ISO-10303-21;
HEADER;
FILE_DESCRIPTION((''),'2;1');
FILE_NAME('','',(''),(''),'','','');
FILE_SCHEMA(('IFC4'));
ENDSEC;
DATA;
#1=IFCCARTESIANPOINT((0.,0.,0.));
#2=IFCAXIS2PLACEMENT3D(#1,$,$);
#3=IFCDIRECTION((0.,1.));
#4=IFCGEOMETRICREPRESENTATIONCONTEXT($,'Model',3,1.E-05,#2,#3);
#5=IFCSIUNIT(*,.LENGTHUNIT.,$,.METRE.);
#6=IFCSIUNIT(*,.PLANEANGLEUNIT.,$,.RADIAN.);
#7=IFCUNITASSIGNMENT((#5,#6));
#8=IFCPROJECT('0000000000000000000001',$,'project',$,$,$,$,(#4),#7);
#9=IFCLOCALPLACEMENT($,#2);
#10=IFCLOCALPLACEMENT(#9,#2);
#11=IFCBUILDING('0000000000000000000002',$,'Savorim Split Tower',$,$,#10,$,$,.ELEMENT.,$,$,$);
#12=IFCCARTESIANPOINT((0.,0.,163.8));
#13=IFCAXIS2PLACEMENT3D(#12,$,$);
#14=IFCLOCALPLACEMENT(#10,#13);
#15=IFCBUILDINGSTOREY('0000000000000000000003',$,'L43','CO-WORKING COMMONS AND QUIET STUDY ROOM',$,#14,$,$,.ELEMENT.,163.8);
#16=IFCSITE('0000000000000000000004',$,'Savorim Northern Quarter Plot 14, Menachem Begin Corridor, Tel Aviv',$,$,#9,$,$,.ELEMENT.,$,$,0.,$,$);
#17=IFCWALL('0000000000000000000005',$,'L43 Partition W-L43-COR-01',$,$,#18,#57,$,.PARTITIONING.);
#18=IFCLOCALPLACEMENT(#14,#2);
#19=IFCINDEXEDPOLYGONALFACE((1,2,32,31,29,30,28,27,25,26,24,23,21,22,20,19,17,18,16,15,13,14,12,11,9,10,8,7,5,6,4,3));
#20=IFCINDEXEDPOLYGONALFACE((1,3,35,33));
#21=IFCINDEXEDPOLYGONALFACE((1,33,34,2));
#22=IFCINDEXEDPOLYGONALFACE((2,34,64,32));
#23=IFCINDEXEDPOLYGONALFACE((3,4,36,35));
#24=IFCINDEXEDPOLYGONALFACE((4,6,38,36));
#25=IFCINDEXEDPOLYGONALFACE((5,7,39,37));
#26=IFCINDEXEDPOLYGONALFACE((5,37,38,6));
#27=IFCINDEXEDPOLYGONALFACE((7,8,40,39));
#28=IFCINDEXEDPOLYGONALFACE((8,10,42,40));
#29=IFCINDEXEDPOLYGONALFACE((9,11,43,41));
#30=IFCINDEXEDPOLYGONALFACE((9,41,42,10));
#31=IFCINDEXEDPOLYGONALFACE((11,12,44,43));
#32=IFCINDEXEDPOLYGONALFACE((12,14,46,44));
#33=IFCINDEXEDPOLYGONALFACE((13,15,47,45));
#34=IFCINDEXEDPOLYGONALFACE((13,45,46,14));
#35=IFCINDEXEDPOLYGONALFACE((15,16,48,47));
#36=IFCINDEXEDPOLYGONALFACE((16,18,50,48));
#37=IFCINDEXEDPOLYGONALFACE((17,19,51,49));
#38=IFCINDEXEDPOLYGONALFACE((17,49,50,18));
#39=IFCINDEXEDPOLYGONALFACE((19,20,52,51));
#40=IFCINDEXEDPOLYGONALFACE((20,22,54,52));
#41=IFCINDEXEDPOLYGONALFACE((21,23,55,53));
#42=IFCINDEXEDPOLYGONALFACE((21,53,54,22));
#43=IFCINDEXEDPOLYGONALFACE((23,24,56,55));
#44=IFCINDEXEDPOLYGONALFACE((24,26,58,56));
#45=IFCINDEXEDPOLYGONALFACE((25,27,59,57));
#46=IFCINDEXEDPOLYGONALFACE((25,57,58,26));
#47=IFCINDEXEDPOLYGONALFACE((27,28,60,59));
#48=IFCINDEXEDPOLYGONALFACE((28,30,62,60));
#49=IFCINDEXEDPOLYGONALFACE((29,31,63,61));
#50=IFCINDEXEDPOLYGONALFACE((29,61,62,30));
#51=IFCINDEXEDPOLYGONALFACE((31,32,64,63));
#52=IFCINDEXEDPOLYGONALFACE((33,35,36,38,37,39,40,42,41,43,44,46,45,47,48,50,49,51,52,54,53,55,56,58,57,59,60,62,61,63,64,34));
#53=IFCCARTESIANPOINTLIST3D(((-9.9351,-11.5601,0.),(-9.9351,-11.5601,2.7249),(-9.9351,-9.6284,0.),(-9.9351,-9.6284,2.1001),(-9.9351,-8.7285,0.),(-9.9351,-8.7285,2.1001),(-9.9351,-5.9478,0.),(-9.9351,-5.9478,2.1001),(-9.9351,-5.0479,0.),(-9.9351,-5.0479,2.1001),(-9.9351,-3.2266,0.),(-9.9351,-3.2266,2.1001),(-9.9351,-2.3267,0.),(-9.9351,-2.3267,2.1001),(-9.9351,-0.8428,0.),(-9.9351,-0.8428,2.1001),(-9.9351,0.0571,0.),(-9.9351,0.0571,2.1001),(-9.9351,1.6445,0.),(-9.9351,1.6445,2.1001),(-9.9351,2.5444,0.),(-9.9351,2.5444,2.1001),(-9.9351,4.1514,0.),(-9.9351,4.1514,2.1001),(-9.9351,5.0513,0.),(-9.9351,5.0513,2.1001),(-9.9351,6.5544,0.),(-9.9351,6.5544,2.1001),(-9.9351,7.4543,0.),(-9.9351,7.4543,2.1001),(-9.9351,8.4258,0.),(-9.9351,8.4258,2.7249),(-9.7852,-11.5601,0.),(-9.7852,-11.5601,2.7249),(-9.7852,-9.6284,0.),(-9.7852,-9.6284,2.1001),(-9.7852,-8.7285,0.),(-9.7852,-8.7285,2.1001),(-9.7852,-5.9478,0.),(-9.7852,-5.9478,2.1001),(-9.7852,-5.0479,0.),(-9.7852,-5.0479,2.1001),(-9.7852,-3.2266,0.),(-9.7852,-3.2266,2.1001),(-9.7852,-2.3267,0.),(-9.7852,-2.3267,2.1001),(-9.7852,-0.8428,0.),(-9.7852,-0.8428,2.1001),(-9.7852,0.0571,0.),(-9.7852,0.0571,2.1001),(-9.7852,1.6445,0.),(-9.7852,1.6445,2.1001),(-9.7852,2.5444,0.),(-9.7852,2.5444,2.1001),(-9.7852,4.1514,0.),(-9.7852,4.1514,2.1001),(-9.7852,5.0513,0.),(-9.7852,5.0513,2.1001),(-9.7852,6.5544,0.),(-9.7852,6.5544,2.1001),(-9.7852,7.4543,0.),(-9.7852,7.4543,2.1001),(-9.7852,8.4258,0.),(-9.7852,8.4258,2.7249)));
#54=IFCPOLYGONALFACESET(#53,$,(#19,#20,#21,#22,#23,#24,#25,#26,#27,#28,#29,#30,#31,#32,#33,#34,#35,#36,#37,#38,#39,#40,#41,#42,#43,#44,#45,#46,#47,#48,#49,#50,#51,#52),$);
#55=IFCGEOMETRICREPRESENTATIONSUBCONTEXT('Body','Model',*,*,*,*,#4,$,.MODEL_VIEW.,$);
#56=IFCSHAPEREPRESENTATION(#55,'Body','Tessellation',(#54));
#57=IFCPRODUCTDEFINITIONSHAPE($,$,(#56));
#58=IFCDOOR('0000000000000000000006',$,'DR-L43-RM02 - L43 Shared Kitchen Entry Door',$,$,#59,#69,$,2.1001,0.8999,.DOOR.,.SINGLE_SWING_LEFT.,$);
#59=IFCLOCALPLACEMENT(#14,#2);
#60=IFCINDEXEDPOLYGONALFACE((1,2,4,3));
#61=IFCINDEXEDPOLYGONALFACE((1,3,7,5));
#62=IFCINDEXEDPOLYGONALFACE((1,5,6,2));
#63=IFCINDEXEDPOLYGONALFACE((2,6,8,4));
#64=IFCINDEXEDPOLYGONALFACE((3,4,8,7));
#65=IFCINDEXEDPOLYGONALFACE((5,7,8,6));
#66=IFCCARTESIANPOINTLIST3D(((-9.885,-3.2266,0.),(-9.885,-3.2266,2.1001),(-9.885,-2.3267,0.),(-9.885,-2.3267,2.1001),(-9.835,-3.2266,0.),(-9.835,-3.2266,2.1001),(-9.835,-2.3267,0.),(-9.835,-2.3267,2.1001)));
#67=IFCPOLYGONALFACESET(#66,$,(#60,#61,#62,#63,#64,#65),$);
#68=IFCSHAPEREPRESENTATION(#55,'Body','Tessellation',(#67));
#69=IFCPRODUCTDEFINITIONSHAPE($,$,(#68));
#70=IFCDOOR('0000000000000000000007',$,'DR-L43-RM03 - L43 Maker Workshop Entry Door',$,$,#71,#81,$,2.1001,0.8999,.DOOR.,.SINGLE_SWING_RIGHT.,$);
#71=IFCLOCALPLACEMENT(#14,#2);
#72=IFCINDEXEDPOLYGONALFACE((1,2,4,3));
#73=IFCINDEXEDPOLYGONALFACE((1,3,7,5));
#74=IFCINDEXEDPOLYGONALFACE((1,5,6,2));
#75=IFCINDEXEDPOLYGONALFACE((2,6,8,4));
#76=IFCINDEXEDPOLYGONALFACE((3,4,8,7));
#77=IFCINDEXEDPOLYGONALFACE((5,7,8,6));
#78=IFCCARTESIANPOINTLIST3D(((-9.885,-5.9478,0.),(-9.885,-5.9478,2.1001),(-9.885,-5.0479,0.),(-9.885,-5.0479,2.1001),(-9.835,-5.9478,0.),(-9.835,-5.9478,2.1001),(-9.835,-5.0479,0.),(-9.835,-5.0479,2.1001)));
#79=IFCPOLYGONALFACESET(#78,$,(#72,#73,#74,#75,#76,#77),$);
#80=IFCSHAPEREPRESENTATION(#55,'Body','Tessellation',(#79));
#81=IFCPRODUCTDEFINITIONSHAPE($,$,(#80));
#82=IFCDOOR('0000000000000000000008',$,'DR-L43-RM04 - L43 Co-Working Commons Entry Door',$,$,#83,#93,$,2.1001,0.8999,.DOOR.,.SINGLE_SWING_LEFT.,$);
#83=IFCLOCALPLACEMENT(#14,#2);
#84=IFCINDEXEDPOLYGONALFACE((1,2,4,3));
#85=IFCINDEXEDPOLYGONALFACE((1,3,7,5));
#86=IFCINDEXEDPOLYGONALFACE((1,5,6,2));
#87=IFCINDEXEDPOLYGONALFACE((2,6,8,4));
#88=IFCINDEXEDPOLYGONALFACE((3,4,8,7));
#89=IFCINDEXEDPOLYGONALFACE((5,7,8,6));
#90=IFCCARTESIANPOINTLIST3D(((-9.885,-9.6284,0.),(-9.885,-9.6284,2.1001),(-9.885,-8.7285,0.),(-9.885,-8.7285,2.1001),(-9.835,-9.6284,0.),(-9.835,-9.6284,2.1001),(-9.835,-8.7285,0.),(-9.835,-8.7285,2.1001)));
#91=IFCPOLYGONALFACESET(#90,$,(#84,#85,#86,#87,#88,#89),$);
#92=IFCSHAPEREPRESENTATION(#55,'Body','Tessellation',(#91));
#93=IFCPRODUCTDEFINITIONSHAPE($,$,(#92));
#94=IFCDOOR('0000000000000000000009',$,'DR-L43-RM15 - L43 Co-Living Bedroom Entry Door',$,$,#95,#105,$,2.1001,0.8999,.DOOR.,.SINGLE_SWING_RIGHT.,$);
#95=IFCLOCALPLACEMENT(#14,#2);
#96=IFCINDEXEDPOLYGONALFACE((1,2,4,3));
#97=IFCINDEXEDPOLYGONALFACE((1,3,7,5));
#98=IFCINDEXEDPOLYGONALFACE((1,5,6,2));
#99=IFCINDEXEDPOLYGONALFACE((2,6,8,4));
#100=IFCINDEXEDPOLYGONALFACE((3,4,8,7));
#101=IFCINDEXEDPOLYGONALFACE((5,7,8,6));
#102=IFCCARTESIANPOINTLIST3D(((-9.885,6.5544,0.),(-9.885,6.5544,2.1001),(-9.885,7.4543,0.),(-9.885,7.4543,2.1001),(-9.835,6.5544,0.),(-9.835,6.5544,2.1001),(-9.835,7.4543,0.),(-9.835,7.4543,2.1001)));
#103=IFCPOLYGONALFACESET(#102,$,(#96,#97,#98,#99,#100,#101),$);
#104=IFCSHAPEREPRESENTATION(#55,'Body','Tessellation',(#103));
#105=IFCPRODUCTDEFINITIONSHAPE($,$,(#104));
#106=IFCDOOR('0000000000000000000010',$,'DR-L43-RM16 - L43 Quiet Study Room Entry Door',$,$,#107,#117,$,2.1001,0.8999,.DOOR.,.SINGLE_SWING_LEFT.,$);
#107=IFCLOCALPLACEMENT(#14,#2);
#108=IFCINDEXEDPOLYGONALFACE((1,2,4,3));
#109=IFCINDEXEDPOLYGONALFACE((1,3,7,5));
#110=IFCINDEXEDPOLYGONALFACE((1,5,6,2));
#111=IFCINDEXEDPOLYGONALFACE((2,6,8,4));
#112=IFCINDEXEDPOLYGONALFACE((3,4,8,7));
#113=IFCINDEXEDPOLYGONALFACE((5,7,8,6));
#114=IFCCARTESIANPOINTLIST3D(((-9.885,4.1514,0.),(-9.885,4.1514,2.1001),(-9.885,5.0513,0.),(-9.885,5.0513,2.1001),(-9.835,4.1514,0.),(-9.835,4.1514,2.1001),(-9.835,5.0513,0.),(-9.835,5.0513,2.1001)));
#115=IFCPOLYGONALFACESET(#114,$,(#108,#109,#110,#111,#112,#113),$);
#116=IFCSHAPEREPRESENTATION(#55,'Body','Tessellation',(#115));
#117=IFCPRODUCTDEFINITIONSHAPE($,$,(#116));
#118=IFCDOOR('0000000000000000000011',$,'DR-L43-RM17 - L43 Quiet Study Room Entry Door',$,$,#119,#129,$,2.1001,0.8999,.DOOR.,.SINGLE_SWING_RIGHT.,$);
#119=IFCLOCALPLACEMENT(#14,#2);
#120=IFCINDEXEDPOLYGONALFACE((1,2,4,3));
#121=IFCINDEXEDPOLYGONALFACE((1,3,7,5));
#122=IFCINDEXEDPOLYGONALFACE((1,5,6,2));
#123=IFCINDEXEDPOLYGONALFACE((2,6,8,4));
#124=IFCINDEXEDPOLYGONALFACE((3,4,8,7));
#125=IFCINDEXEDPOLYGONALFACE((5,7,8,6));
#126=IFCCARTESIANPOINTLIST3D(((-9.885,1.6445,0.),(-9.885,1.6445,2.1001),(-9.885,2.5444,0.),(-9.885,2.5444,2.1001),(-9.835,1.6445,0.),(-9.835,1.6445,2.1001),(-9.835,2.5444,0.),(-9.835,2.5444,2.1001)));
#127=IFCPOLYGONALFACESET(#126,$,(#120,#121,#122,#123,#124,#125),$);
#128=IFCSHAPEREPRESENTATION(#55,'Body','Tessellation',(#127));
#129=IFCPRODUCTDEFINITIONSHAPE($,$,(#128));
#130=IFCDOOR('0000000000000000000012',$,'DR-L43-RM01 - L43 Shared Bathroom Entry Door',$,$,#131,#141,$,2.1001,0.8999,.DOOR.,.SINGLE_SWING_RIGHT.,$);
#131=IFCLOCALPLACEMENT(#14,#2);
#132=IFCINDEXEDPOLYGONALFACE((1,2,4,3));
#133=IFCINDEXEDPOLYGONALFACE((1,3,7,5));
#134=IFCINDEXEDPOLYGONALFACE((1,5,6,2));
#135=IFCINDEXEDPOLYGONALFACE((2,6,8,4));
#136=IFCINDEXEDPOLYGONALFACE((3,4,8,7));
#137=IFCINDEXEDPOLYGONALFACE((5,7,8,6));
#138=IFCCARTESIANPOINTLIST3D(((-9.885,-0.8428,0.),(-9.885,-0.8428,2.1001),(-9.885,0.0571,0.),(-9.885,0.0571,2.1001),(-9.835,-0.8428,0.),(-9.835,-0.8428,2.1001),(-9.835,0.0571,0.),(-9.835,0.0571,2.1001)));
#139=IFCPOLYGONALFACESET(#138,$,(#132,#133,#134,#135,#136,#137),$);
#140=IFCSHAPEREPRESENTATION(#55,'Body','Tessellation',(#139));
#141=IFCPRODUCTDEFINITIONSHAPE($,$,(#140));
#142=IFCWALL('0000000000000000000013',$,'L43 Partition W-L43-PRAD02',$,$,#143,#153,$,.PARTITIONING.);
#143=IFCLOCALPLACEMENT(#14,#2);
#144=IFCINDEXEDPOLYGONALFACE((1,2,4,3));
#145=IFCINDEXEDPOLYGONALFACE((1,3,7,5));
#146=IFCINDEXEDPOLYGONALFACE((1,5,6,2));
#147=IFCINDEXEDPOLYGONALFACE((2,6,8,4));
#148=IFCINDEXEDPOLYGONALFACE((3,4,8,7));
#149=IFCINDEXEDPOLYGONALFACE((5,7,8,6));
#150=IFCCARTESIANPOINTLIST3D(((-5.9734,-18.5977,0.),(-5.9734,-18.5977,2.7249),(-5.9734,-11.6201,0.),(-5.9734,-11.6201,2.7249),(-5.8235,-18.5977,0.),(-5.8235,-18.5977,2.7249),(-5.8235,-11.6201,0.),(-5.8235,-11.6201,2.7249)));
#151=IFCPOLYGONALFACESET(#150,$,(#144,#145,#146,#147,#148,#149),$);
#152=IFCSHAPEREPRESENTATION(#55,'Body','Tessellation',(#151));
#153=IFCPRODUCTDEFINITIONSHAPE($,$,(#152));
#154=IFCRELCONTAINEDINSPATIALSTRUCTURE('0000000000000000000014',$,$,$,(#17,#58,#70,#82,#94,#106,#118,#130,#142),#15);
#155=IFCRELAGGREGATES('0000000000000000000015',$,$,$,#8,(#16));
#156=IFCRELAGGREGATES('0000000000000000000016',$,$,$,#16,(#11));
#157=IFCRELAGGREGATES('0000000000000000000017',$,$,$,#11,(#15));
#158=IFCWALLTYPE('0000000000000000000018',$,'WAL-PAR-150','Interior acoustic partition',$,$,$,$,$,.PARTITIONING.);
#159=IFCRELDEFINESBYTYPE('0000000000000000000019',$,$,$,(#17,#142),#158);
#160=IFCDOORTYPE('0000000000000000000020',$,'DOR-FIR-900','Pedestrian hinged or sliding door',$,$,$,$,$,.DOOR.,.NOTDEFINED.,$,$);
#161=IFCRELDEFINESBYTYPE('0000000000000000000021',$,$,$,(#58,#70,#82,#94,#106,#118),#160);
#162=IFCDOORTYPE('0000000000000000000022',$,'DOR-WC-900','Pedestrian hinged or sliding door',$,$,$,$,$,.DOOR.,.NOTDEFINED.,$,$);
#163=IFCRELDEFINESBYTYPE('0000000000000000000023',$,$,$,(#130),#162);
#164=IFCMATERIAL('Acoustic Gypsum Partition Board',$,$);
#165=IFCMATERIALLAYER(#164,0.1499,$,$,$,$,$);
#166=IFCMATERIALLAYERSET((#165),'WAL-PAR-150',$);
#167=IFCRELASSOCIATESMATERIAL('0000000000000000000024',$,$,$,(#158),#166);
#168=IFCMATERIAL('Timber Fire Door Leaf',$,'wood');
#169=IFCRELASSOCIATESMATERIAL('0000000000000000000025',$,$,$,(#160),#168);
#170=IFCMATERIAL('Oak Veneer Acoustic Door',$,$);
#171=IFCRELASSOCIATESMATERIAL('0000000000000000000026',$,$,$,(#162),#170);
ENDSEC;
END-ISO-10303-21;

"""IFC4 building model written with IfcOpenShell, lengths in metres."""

from ifc_helpers import new_model, si_unit, direction, frame, frame_2d, origin, place, context, subcontext, project, spatial, rectangle, extrude, material, layer, layer_set, type_object, element, fill, save


model = new_model("IFC4")

# Units and contexts
model_context = context("Model", 3, precision=1e-05, world=origin(), true_north=direction((0.0, 1.0)))
body_context = subcontext(model_context, "Body", "Model", "MODEL_VIEW")
ifc_project = project(units=[si_unit("LENGTHUNIT", "METRE"), si_unit("PLANEANGLEUNIT", "RADIAN")], contexts=[model_context])

# Site, building, storey
site_placement = place(None, origin())
site = spatial("IfcSite", under=ifc_project, at=site_placement, Name="Savorim Northern Quarter Plot 14, Menachem Begin Corridor, Tel Aviv", CompositionType="ELEMENT", RefElevation=0.0)
building_placement = place(site_placement, origin())
building = spatial("IfcBuilding", under=site, at=building_placement, Name="Savorim Split Tower", CompositionType="ELEMENT")
storey_placement = place(building_placement, frame((0.0, 0.0, 163.8)))
storey = spatial("IfcBuildingStorey", under=building, at=storey_placement, Name="L43", Description="CO-WORKING COMMONS AND QUIET STUDY ROOM", CompositionType="ELEMENT", Elevation=163.8)

# Shared definitions
ifc_material_1 = material(Name="Timber Fire Door Leaf", Category="wood")

# Wall, openings, doors
ifc_material_2 = material(Name="Acoustic Gypsum Partition Board")
ifc_layer_1 = layer(ifc_material_2, 0.1499)
ifc_layer_set_1 = layer_set([ifc_layer_1], Name="WAL-PAR-150")
wall_type_1 = type_object("IfcWallType", Name="WAL-PAR-150", Description="Interior acoustic partition", PredefinedType="PARTITIONING", material=ifc_layer_set_1)
door_type_1 = type_object("IfcDoorType", Name="DOR-FIR-900", Description="Pedestrian hinged or sliding door", OperationType="NOTDEFINED", PredefinedType="DOOR", material=ifc_material_1)
ifc_material_3 = material(Name="Oak Veneer Acoustic Door")
door_type_2 = type_object("IfcDoorType", Name="DOR-WC-900", Description="Pedestrian hinged or sliding door", OperationType="NOTDEFINED", PredefinedType="DOOR", material=ifc_material_3)
wall_1_placement = place(storey_placement, frame((-9.8601, -11.5601, 0.0), z_axis=(0.0, 0.0, 1.0), x_axis=(0.0, 1.0, 0.0)))
wall_1 = element("IfcWall", 1, at=wall_1_placement, inside=storey, type_object=wall_type_1, Name="L43 Partition W-L43-COR-01", PredefinedType="PARTITIONING", context=body_context, shape_type="SweptSolid", body=[
    extrude(rectangle(XDim=19.9858, YDim=0.1499, at=frame_2d((9.9929, 0.0))), origin(), (0.0, 0.0, 1.0), 2.7249),
])
opening_1_placement = place(wall_1_placement, frame((10.7173, 0.0, 0.0)))
opening_1 = element("IfcOpeningElement", 2, at=opening_1_placement, cuts=wall_1, PredefinedType="OPENING", context=body_context, shape_type="SweptSolid", body=[
    extrude(rectangle(XDim=0.8999, YDim=2.1001, at=frame_2d((0.45, 1.05))), frame((0.0, 0.085, 0.0), z_axis=(0.0, -1.0, 0.0), x_axis=(1.0, 0.0, 0.0)), (0.0, 0.0, 1.0), 0.1699),
])
opening_2_placement = place(wall_1_placement, frame((8.3335, 0.0, 0.0)))
opening_2 = element("IfcOpeningElement", 3, at=opening_2_placement, cuts=wall_1, PredefinedType="OPENING", context=body_context, shape_type="SweptSolid", body=[
    extrude(rectangle(XDim=0.8999, YDim=2.1001, at=frame_2d((0.45, 1.05))), frame((0.0, 0.085, 0.0), z_axis=(0.0, -1.0, 0.0), x_axis=(1.0, 0.0, 0.0)), (0.0, 0.0, 1.0), 0.1699),
])
opening_3_placement = place(wall_1_placement, frame((5.6123, 0.0, 0.0)))
opening_3 = element("IfcOpeningElement", 4, at=opening_3_placement, cuts=wall_1, PredefinedType="OPENING", context=body_context, shape_type="SweptSolid", body=[
    extrude(rectangle(XDim=0.8999, YDim=2.1001, at=frame_2d((0.45, 1.05))), frame((0.0, 0.085, 0.0), z_axis=(0.0, -1.0, 0.0), x_axis=(1.0, 0.0, 0.0)), (0.0, 0.0, 1.0), 0.1699),
])
opening_4_placement = place(wall_1_placement, frame((1.9316, 0.0, 0.0)))
opening_4 = element("IfcOpeningElement", 5, at=opening_4_placement, cuts=wall_1, PredefinedType="OPENING", context=body_context, shape_type="SweptSolid", body=[
    extrude(rectangle(XDim=0.8999, YDim=2.1001, at=frame_2d((0.45, 1.05))), frame((0.0, 0.085, 0.0), z_axis=(0.0, -1.0, 0.0), x_axis=(1.0, 0.0, 0.0)), (0.0, 0.0, 1.0), 0.1699),
])
opening_5_placement = place(wall_1_placement, frame((18.1145, 0.0, 0.0)))
opening_5 = element("IfcOpeningElement", 6, at=opening_5_placement, cuts=wall_1, PredefinedType="OPENING", context=body_context, shape_type="SweptSolid", body=[
    extrude(rectangle(XDim=0.8999, YDim=2.1001, at=frame_2d((0.45, 1.05))), frame((0.0, 0.085, 0.0), z_axis=(0.0, -1.0, 0.0), x_axis=(1.0, 0.0, 0.0)), (0.0, 0.0, 1.0), 0.1699),
])
opening_6_placement = place(wall_1_placement, frame((15.7114, 0.0, 0.0)))
opening_6 = element("IfcOpeningElement", 7, at=opening_6_placement, cuts=wall_1, PredefinedType="OPENING", context=body_context, shape_type="SweptSolid", body=[
    extrude(rectangle(XDim=0.8999, YDim=2.1001, at=frame_2d((0.45, 1.05))), frame((0.0, 0.085, 0.0), z_axis=(0.0, -1.0, 0.0), x_axis=(1.0, 0.0, 0.0)), (0.0, 0.0, 1.0), 0.1699),
])
opening_7_placement = place(wall_1_placement, frame((13.2046, 0.0, 0.0)))
opening_7 = element("IfcOpeningElement", 8, at=opening_7_placement, cuts=wall_1, PredefinedType="OPENING", context=body_context, shape_type="SweptSolid", body=[
    extrude(rectangle(XDim=0.8999, YDim=2.1001, at=frame_2d((0.45, 1.05))), frame((0.0, 0.085, 0.0), z_axis=(0.0, -1.0, 0.0), x_axis=(1.0, 0.0, 0.0)), (0.0, 0.0, 1.0), 0.1699),
])
door_1_placement = place(opening_2_placement, origin())
door_1 = element("IfcDoor", 9, at=door_1_placement, inside=storey, type_object=door_type_1, Name="DR-L43-RM02 - L43 Shared Kitchen Entry Door", OperationType="SINGLE_SWING_LEFT", OverallHeight=2.1001, OverallWidth=0.8999, PredefinedType="DOOR", context=body_context, shape_type="SweptSolid", body=[
    extrude(rectangle(XDim=0.8999, YDim=2.1001, at=frame_2d((0.45, 1.05))), frame((0.0, 0.0249, 0.0), z_axis=(0.0, -1.0, 0.0), x_axis=(1.0, 0.0, 0.0)), (0.0, 0.0, 1.0), 0.05),
])
fill(opening_2, door_1)
door_2_placement = place(opening_3_placement, origin())
door_2 = element("IfcDoor", 10, at=door_2_placement, inside=storey, type_object=door_type_1, Name="DR-L43-RM03 - L43 Maker Workshop Entry Door", OperationType="SINGLE_SWING_RIGHT", OverallHeight=2.1001, OverallWidth=0.8999, PredefinedType="DOOR", context=body_context, shape_type="SweptSolid", body=[
    extrude(rectangle(XDim=0.8999, YDim=2.1001, at=frame_2d((0.45, 1.05))), frame((0.0, 0.0249, 0.0), z_axis=(0.0, -1.0, 0.0), x_axis=(1.0, 0.0, 0.0)), (0.0, 0.0, 1.0), 0.05),
])
fill(opening_3, door_2)
door_3_placement = place(opening_4_placement, origin())
door_3 = element("IfcDoor", 11, at=door_3_placement, inside=storey, type_object=door_type_1, Name="DR-L43-RM04 - L43 Co-Working Commons Entry Door", OperationType="SINGLE_SWING_LEFT", OverallHeight=2.1001, OverallWidth=0.8999, PredefinedType="DOOR", context=body_context, shape_type="SweptSolid", body=[
    extrude(rectangle(XDim=0.8999, YDim=2.1001, at=frame_2d((0.45, 1.05))), frame((0.0, 0.0249, 0.0), z_axis=(0.0, -1.0, 0.0), x_axis=(1.0, 0.0, 0.0)), (0.0, 0.0, 1.0), 0.05),
])
fill(opening_4, door_3)
door_4_placement = place(opening_5_placement, origin())
door_4 = element("IfcDoor", 12, at=door_4_placement, inside=storey, type_object=door_type_1, Name="DR-L43-RM15 - L43 Co-Living Bedroom Entry Door", OperationType="SINGLE_SWING_RIGHT", OverallHeight=2.1001, OverallWidth=0.8999, PredefinedType="DOOR", context=body_context, shape_type="SweptSolid", body=[
    extrude(rectangle(XDim=0.8999, YDim=2.1001, at=frame_2d((0.45, 1.05))), frame((0.0, 0.0249, 0.0), z_axis=(0.0, -1.0, 0.0), x_axis=(1.0, 0.0, 0.0)), (0.0, 0.0, 1.0), 0.05),
])
fill(opening_5, door_4)
door_5_placement = place(opening_6_placement, origin())
door_5 = element("IfcDoor", 13, at=door_5_placement, inside=storey, type_object=door_type_1, Name="DR-L43-RM16 - L43 Quiet Study Room Entry Door", OperationType="SINGLE_SWING_LEFT", OverallHeight=2.1001, OverallWidth=0.8999, PredefinedType="DOOR", context=body_context, shape_type="SweptSolid", body=[
    extrude(rectangle(XDim=0.8999, YDim=2.1001, at=frame_2d((0.45, 1.05))), frame((0.0, 0.0249, 0.0), z_axis=(0.0, -1.0, 0.0), x_axis=(1.0, 0.0, 0.0)), (0.0, 0.0, 1.0), 0.05),
])
fill(opening_6, door_5)
door_6_placement = place(opening_7_placement, origin())
door_6 = element("IfcDoor", 14, at=door_6_placement, inside=storey, type_object=door_type_1, Name="DR-L43-RM17 - L43 Quiet Study Room Entry Door", OperationType="SINGLE_SWING_RIGHT", OverallHeight=2.1001, OverallWidth=0.8999, PredefinedType="DOOR", context=body_context, shape_type="SweptSolid", body=[
    extrude(rectangle(XDim=0.8999, YDim=2.1001, at=frame_2d((0.45, 1.05))), frame((0.0, 0.0249, 0.0), z_axis=(0.0, -1.0, 0.0), x_axis=(1.0, 0.0, 0.0)), (0.0, 0.0, 1.0), 0.05),
])
fill(opening_7, door_6)
door_7_placement = place(opening_1_placement, origin())
door_7 = element("IfcDoor", 15, at=door_7_placement, inside=storey, type_object=door_type_2, Name="DR-L43-RM01 - L43 Shared Bathroom Entry Door", OperationType="SINGLE_SWING_RIGHT", OverallHeight=2.1001, OverallWidth=0.8999, PredefinedType="DOOR", context=body_context, shape_type="SweptSolid", body=[
    extrude(rectangle(XDim=0.8999, YDim=2.1001, at=frame_2d((0.45, 1.05))), frame((0.0, 0.0249, 0.0), z_axis=(0.0, -1.0, 0.0), x_axis=(1.0, 0.0, 0.0)), (0.0, 0.0, 1.0), 0.05),
])
fill(opening_1, door_7)

# Wall
wall_2_placement = place(storey_placement, frame((-5.8984, -11.6201, 0.0), z_axis=(0.0, 0.0, 1.0), x_axis=(0.0, -1.0, 0.0)))
element("IfcWall", 16, at=wall_2_placement, inside=storey, type_object=wall_type_1, Name="L43 Partition W-L43-PRAD02", PredefinedType="PARTITIONING", context=body_context, shape_type="SweptSolid", body=[
    extrude(rectangle(XDim=6.9775, YDim=0.1499, at=frame_2d((3.4888, 0.0))), origin(), (0.0, 0.0, 1.0), 2.7249),
])

save(model, "model.ifc")
